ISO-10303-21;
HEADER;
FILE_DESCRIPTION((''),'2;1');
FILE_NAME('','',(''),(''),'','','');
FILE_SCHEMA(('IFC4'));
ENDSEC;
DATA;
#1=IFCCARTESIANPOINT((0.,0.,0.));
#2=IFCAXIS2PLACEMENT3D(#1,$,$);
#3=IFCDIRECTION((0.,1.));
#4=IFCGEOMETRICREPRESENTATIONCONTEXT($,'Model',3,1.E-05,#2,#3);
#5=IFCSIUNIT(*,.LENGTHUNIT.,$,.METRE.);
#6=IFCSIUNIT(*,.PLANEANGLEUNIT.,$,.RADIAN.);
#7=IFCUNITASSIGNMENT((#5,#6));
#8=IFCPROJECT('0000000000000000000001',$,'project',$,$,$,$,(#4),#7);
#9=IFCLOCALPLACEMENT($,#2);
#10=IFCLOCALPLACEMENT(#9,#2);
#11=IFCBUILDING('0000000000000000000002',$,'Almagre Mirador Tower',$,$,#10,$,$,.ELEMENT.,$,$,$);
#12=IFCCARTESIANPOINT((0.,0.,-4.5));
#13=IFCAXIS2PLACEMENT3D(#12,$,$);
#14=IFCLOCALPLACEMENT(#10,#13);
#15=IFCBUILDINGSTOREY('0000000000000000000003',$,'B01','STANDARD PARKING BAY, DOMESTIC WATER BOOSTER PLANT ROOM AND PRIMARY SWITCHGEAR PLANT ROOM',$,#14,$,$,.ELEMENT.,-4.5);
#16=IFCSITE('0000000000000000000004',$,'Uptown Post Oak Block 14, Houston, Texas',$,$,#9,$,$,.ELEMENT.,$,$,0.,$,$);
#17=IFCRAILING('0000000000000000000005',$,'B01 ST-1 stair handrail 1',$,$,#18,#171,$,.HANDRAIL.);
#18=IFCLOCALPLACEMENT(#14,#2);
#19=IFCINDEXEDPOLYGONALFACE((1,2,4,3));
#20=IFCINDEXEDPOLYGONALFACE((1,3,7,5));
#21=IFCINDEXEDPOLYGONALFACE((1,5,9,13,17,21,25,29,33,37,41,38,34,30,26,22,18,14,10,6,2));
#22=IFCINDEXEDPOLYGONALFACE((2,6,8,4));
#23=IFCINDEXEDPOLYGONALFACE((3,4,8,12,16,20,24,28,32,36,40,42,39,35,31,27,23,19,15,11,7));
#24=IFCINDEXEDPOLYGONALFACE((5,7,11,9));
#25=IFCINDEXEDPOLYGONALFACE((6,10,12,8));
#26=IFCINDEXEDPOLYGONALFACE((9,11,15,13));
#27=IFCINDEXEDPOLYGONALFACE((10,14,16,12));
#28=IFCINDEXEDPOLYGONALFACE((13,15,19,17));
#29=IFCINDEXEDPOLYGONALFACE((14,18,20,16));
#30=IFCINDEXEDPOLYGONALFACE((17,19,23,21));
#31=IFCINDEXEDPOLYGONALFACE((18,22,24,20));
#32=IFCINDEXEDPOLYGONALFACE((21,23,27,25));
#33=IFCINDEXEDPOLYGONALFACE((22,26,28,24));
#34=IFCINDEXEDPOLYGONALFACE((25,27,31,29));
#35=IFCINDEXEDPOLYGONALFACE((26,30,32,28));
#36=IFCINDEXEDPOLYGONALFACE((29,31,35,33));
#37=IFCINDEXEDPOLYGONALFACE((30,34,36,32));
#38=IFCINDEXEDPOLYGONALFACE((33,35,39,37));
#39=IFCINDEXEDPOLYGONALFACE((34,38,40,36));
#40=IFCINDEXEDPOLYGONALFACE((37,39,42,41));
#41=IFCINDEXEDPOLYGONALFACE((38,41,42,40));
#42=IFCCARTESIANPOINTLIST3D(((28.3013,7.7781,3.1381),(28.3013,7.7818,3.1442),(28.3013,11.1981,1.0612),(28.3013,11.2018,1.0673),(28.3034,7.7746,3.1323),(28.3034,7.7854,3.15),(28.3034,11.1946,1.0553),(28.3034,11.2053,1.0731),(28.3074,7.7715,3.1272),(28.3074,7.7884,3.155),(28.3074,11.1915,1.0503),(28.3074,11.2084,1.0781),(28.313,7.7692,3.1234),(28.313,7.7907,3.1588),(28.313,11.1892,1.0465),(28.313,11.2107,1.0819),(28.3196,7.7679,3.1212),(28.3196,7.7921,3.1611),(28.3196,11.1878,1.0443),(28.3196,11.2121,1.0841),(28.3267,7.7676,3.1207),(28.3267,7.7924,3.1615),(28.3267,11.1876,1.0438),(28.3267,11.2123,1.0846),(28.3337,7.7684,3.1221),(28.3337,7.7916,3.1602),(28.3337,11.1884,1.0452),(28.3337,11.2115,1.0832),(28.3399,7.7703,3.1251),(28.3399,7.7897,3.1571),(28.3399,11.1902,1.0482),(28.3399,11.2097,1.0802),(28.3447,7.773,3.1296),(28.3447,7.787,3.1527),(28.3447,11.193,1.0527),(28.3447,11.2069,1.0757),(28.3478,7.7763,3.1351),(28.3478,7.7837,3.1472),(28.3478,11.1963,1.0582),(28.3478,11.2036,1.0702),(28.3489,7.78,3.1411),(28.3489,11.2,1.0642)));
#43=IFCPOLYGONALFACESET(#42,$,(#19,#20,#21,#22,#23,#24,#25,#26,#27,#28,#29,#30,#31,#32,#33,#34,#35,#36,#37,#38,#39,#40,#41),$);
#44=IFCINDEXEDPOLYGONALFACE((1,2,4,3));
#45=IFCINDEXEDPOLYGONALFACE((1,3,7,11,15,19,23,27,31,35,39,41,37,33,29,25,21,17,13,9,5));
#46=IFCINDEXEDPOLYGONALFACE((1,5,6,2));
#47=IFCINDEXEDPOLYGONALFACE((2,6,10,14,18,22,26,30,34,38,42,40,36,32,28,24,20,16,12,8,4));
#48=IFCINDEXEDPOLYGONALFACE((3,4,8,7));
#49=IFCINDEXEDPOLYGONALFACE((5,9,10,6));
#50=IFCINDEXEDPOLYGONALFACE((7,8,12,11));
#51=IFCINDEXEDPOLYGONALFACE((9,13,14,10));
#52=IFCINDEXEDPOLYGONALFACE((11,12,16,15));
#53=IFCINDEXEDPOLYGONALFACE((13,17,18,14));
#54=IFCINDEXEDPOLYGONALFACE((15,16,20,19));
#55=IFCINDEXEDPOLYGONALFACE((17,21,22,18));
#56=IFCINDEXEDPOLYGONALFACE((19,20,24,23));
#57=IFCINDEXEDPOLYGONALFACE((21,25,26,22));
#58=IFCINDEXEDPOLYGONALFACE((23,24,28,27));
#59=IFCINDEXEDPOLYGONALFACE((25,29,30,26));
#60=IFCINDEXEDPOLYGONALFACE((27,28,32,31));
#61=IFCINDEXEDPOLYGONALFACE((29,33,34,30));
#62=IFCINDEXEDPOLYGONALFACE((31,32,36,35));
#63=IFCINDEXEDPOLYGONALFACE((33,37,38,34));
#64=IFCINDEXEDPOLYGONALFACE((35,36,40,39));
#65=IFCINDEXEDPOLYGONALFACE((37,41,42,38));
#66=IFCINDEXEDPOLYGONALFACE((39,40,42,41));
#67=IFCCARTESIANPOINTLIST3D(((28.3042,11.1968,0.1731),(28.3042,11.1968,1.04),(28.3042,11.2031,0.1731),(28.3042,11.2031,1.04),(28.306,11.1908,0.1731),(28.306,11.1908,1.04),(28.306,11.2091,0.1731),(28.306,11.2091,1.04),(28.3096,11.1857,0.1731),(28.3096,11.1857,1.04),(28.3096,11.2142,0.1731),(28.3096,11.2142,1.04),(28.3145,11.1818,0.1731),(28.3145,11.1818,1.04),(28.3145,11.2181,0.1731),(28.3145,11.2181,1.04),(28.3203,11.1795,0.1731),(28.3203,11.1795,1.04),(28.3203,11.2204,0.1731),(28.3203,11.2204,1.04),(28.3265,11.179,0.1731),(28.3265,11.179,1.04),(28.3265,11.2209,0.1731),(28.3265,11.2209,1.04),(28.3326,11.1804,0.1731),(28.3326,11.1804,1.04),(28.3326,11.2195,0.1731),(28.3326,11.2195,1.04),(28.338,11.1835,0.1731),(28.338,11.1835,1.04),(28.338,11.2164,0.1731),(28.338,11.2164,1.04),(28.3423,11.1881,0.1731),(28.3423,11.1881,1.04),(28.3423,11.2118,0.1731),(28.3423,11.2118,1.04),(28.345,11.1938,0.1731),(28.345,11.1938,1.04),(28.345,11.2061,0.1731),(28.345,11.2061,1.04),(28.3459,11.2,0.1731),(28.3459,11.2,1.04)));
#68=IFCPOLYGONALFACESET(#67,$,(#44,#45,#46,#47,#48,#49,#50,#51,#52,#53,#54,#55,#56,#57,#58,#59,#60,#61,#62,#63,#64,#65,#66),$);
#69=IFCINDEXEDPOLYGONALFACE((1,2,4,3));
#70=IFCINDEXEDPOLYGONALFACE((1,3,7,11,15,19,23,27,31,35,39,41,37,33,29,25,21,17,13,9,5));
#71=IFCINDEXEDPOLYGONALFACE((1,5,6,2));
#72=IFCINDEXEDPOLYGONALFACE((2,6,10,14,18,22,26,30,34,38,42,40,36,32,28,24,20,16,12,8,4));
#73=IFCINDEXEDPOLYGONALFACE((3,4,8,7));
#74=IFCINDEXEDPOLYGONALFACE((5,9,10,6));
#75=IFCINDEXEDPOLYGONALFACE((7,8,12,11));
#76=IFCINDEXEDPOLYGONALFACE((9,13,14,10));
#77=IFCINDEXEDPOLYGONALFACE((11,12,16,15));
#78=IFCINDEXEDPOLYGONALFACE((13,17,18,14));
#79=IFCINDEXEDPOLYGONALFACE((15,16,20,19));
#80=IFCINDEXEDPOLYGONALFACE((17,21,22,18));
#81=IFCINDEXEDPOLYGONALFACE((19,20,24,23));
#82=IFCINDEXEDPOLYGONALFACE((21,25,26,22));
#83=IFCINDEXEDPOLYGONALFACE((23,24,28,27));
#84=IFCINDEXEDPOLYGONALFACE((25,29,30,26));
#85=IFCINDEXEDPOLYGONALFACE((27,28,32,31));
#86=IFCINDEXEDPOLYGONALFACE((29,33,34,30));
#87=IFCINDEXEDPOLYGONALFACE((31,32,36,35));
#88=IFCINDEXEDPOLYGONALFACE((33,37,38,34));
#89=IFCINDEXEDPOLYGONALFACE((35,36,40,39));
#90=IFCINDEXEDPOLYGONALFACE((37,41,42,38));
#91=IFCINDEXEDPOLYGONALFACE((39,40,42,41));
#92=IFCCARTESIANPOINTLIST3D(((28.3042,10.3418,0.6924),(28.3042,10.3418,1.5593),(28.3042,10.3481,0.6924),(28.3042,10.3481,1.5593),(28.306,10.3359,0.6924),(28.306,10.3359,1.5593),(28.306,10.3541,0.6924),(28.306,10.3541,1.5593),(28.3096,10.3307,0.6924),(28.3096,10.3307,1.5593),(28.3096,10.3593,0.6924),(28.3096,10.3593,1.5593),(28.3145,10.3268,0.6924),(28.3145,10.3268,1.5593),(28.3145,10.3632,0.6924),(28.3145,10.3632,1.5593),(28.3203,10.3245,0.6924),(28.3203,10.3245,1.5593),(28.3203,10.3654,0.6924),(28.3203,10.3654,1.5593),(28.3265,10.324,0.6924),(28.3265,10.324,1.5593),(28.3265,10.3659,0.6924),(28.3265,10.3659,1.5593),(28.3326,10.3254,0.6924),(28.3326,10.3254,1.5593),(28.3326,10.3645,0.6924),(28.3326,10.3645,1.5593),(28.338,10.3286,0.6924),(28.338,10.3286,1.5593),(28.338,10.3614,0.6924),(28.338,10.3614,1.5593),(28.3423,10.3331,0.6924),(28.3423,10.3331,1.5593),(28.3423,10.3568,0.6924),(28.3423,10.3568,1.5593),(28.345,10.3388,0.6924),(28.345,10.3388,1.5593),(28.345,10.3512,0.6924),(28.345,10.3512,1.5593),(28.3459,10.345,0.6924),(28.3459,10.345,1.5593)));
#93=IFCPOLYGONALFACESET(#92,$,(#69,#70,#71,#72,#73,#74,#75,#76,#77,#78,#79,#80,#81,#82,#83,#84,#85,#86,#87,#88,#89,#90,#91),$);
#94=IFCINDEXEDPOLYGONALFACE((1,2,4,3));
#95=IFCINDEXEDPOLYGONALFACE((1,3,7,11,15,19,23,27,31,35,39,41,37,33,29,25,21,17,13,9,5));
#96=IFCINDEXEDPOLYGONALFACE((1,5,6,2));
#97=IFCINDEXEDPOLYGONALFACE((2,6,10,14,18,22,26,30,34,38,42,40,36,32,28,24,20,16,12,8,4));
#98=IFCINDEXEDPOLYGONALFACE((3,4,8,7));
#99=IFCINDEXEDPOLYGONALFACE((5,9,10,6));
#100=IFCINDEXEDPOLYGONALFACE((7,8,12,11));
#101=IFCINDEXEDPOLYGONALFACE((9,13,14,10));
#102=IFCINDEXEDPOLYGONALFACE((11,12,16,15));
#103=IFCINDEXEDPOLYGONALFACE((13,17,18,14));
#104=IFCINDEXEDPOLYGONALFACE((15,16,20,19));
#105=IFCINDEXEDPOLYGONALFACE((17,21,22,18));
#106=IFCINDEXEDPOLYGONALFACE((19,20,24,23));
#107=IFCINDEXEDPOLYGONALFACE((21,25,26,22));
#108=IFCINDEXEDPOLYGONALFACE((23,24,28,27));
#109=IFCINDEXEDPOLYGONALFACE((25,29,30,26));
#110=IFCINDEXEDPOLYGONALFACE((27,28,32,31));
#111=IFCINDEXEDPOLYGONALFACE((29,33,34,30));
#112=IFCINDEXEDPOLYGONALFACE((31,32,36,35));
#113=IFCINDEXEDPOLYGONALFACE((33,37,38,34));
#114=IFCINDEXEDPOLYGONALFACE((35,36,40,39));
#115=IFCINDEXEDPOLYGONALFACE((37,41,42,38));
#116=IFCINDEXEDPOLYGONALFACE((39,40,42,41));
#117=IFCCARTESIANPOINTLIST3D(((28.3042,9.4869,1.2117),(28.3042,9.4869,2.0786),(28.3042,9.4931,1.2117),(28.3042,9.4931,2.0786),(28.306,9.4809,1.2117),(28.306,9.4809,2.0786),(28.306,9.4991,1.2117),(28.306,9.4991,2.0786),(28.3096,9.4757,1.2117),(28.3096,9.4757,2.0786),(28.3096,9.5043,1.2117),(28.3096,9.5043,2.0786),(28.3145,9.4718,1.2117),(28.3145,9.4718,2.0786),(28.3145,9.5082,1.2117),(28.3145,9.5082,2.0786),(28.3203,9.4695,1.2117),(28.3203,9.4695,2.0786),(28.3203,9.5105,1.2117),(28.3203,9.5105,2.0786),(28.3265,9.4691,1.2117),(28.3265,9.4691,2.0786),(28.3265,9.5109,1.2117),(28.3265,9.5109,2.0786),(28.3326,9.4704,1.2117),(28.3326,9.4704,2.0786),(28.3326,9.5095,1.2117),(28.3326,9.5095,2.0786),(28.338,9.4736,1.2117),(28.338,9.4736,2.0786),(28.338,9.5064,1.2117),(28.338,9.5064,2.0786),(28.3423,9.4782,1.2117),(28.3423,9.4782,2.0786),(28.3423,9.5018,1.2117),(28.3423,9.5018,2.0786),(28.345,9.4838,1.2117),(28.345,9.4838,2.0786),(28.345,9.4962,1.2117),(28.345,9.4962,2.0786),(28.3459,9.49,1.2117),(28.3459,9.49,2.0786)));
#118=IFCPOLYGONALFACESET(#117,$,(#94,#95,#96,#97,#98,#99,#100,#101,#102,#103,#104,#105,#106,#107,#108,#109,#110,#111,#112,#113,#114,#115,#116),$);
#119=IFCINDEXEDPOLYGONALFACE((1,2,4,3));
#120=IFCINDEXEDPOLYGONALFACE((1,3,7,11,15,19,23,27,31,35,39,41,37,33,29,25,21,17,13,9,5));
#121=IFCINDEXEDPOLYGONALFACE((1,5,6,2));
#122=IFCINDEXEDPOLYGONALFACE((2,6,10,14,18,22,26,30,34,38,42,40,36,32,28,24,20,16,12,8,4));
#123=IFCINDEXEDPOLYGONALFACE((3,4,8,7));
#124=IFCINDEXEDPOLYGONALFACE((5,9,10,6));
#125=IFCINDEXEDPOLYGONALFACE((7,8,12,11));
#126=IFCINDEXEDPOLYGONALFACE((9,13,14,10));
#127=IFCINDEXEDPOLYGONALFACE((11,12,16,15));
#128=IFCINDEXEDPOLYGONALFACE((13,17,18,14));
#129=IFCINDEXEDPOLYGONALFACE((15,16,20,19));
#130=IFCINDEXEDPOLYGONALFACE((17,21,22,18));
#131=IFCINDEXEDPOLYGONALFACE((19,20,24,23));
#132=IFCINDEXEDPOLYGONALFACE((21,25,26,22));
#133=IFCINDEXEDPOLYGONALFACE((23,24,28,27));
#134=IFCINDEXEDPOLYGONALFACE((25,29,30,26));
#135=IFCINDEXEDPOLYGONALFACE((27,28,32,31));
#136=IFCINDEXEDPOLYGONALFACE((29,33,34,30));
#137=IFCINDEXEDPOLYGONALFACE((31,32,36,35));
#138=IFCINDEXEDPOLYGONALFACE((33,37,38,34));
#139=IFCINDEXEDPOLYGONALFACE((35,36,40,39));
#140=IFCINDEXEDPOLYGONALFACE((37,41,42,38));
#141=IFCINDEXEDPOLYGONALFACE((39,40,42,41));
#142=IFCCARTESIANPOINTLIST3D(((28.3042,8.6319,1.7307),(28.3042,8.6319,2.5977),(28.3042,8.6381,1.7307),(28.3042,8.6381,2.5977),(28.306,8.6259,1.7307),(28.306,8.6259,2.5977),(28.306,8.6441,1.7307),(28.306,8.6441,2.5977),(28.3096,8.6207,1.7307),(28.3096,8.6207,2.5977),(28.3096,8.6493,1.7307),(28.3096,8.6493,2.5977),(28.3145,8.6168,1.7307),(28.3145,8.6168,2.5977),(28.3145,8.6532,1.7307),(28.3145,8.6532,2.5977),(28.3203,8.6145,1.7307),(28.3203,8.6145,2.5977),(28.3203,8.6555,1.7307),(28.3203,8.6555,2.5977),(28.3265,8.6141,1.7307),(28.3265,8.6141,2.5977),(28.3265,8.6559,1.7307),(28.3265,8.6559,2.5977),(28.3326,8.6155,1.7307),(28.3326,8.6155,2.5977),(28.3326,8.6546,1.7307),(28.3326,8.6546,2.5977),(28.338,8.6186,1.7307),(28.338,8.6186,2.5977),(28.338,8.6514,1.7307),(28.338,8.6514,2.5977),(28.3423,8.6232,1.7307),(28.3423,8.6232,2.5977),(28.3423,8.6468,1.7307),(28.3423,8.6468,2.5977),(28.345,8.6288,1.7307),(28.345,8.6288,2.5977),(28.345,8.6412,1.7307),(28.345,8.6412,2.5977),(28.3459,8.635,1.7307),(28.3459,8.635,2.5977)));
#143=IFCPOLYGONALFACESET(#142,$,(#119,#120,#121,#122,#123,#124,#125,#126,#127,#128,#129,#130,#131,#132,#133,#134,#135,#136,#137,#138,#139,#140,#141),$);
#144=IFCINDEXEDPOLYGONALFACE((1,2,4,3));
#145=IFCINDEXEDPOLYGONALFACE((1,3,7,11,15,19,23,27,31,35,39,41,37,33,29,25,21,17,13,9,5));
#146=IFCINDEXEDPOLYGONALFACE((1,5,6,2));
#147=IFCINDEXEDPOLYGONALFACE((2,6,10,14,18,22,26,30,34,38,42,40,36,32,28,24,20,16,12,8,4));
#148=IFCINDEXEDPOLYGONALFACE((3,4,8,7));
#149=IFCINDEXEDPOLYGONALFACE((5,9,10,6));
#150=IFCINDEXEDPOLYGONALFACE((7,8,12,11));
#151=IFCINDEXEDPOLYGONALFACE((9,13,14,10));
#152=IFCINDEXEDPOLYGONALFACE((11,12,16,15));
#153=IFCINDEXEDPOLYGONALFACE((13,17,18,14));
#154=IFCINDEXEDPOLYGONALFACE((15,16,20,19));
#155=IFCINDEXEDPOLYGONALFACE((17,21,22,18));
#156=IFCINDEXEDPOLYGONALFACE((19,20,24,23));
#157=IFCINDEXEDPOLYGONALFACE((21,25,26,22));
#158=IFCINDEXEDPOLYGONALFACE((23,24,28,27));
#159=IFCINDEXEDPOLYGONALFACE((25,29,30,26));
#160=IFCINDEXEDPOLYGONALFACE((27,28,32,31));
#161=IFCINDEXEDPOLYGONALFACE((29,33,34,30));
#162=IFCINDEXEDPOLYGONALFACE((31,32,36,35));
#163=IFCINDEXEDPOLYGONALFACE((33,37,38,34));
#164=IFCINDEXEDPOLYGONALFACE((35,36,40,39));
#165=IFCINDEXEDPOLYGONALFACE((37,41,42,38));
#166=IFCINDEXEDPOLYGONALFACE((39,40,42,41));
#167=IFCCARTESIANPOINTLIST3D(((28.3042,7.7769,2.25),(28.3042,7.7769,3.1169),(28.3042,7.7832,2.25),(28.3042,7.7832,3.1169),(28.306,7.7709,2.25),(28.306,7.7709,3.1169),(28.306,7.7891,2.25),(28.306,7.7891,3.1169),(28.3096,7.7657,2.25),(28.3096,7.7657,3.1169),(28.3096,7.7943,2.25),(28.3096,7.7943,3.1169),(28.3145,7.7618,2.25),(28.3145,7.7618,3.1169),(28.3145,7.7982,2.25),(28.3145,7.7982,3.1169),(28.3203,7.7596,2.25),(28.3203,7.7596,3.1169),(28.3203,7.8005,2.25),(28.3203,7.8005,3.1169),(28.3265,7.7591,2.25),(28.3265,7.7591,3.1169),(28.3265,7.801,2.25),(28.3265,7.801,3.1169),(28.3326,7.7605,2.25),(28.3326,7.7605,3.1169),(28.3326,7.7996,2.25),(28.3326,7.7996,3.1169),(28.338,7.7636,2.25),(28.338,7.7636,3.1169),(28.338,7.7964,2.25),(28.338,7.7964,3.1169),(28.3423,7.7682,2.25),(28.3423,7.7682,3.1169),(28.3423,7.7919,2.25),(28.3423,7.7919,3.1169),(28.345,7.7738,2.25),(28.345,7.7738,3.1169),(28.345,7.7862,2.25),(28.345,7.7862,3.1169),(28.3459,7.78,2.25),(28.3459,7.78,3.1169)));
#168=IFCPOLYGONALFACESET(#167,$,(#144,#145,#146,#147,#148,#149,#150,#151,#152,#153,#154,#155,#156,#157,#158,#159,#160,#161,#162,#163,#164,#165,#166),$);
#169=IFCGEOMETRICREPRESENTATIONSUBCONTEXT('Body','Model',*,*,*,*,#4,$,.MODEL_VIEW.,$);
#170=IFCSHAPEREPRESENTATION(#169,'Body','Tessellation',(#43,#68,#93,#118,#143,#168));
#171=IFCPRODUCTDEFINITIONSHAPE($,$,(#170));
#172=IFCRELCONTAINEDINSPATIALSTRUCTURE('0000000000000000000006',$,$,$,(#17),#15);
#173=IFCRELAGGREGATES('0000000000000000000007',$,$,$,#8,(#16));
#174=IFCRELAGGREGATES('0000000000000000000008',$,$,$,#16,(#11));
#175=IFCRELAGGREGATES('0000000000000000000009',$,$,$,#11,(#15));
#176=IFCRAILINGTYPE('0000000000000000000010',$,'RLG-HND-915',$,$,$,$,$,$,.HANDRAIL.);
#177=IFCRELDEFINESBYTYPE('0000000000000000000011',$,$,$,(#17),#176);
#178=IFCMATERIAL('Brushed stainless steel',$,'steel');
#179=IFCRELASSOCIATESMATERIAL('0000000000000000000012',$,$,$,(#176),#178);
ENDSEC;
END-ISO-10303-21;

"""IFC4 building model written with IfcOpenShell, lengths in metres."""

from ifc_helpers import new_model, si_unit, direction, frame, origin, origin_2d, place, context, subcontext, project, spatial, circle, extrude, material, type_object, element, save


model = new_model("IFC4")

# Units and contexts
model_context = context("Model", 3, precision=1e-05, world=origin(), true_north=direction((0.0, 1.0)))
body_context = subcontext(model_context, "Body", "Model", "MODEL_VIEW")
ifc_project = project(units=[si_unit("LENGTHUNIT", "METRE"), si_unit("PLANEANGLEUNIT", "RADIAN")], contexts=[model_context])

# Site, building, storey
site_placement = place(None, origin())
site = spatial("IfcSite", under=ifc_project, at=site_placement, Name="Uptown Post Oak Block 14, Houston, Texas", CompositionType="ELEMENT", RefElevation=0.0)
building_placement = place(site_placement, origin())
building = spatial("IfcBuilding", under=site, at=building_placement, Name="Almagre Mirador Tower", CompositionType="ELEMENT")
storey_placement = place(building_placement, frame((0.0, 0.0, -4.5)))
storey = spatial("IfcBuildingStorey", under=building, at=storey_placement, Name="B01", Description="STANDARD PARKING BAY, DOMESTIC WATER BOOSTER PLANT ROOM AND PRIMARY SWITCHGEAR PLANT ROOM", CompositionType="ELEMENT", Elevation=-4.5)

# Railing
ifc_material_1 = material(Name="Brushed stainless steel", Category="steel")
railing_type_1 = type_object("IfcRailingType", Name="RLG-HND-915", PredefinedType="HANDRAIL", material=ifc_material_1)
railing_1_placement = place(storey_placement, frame((28.325, 11.2, 0.1731)))
element("IfcRailing", 1, at=railing_1_placement, inside=storey, type_object=railing_type_1, Name="B01 ST-1 stair handrail 1", PredefinedType="HANDRAIL", context=body_context, shape_type="SweptSolid", body=[
    extrude(circle(Radius=0.0239, at=origin_2d()), frame((0.0, 0.0, 0.8911), z_axis=(0.0, -0.85473, 0.519074), x_axis=(1.0, 0.0, 0.0)), (0.0, 0.0, 1.0), 4.0012),
    extrude(circle(Radius=0.021, at=origin_2d()), origin(), (0.0, 0.0, 1.0), 0.8669),
    extrude(circle(Radius=0.021, at=origin_2d()), frame((0.0, -0.855, 0.5193)), (0.0, 0.0, 1.0), 0.8669),
    extrude(circle(Radius=0.021, at=origin_2d()), frame((0.0, -1.71, 1.0386)), (0.0, 0.0, 1.0), 0.8669),
    extrude(circle(Radius=0.021, at=origin_2d()), frame((0.0, -2.5649, 1.5576)), (0.0, 0.0, 1.0), 0.8669),
    extrude(circle(Radius=0.021, at=origin_2d()), frame((0.0, -3.4199, 2.0769)), (0.0, 0.0, 1.0), 0.8669),
])

save(model, "model.ifc")
